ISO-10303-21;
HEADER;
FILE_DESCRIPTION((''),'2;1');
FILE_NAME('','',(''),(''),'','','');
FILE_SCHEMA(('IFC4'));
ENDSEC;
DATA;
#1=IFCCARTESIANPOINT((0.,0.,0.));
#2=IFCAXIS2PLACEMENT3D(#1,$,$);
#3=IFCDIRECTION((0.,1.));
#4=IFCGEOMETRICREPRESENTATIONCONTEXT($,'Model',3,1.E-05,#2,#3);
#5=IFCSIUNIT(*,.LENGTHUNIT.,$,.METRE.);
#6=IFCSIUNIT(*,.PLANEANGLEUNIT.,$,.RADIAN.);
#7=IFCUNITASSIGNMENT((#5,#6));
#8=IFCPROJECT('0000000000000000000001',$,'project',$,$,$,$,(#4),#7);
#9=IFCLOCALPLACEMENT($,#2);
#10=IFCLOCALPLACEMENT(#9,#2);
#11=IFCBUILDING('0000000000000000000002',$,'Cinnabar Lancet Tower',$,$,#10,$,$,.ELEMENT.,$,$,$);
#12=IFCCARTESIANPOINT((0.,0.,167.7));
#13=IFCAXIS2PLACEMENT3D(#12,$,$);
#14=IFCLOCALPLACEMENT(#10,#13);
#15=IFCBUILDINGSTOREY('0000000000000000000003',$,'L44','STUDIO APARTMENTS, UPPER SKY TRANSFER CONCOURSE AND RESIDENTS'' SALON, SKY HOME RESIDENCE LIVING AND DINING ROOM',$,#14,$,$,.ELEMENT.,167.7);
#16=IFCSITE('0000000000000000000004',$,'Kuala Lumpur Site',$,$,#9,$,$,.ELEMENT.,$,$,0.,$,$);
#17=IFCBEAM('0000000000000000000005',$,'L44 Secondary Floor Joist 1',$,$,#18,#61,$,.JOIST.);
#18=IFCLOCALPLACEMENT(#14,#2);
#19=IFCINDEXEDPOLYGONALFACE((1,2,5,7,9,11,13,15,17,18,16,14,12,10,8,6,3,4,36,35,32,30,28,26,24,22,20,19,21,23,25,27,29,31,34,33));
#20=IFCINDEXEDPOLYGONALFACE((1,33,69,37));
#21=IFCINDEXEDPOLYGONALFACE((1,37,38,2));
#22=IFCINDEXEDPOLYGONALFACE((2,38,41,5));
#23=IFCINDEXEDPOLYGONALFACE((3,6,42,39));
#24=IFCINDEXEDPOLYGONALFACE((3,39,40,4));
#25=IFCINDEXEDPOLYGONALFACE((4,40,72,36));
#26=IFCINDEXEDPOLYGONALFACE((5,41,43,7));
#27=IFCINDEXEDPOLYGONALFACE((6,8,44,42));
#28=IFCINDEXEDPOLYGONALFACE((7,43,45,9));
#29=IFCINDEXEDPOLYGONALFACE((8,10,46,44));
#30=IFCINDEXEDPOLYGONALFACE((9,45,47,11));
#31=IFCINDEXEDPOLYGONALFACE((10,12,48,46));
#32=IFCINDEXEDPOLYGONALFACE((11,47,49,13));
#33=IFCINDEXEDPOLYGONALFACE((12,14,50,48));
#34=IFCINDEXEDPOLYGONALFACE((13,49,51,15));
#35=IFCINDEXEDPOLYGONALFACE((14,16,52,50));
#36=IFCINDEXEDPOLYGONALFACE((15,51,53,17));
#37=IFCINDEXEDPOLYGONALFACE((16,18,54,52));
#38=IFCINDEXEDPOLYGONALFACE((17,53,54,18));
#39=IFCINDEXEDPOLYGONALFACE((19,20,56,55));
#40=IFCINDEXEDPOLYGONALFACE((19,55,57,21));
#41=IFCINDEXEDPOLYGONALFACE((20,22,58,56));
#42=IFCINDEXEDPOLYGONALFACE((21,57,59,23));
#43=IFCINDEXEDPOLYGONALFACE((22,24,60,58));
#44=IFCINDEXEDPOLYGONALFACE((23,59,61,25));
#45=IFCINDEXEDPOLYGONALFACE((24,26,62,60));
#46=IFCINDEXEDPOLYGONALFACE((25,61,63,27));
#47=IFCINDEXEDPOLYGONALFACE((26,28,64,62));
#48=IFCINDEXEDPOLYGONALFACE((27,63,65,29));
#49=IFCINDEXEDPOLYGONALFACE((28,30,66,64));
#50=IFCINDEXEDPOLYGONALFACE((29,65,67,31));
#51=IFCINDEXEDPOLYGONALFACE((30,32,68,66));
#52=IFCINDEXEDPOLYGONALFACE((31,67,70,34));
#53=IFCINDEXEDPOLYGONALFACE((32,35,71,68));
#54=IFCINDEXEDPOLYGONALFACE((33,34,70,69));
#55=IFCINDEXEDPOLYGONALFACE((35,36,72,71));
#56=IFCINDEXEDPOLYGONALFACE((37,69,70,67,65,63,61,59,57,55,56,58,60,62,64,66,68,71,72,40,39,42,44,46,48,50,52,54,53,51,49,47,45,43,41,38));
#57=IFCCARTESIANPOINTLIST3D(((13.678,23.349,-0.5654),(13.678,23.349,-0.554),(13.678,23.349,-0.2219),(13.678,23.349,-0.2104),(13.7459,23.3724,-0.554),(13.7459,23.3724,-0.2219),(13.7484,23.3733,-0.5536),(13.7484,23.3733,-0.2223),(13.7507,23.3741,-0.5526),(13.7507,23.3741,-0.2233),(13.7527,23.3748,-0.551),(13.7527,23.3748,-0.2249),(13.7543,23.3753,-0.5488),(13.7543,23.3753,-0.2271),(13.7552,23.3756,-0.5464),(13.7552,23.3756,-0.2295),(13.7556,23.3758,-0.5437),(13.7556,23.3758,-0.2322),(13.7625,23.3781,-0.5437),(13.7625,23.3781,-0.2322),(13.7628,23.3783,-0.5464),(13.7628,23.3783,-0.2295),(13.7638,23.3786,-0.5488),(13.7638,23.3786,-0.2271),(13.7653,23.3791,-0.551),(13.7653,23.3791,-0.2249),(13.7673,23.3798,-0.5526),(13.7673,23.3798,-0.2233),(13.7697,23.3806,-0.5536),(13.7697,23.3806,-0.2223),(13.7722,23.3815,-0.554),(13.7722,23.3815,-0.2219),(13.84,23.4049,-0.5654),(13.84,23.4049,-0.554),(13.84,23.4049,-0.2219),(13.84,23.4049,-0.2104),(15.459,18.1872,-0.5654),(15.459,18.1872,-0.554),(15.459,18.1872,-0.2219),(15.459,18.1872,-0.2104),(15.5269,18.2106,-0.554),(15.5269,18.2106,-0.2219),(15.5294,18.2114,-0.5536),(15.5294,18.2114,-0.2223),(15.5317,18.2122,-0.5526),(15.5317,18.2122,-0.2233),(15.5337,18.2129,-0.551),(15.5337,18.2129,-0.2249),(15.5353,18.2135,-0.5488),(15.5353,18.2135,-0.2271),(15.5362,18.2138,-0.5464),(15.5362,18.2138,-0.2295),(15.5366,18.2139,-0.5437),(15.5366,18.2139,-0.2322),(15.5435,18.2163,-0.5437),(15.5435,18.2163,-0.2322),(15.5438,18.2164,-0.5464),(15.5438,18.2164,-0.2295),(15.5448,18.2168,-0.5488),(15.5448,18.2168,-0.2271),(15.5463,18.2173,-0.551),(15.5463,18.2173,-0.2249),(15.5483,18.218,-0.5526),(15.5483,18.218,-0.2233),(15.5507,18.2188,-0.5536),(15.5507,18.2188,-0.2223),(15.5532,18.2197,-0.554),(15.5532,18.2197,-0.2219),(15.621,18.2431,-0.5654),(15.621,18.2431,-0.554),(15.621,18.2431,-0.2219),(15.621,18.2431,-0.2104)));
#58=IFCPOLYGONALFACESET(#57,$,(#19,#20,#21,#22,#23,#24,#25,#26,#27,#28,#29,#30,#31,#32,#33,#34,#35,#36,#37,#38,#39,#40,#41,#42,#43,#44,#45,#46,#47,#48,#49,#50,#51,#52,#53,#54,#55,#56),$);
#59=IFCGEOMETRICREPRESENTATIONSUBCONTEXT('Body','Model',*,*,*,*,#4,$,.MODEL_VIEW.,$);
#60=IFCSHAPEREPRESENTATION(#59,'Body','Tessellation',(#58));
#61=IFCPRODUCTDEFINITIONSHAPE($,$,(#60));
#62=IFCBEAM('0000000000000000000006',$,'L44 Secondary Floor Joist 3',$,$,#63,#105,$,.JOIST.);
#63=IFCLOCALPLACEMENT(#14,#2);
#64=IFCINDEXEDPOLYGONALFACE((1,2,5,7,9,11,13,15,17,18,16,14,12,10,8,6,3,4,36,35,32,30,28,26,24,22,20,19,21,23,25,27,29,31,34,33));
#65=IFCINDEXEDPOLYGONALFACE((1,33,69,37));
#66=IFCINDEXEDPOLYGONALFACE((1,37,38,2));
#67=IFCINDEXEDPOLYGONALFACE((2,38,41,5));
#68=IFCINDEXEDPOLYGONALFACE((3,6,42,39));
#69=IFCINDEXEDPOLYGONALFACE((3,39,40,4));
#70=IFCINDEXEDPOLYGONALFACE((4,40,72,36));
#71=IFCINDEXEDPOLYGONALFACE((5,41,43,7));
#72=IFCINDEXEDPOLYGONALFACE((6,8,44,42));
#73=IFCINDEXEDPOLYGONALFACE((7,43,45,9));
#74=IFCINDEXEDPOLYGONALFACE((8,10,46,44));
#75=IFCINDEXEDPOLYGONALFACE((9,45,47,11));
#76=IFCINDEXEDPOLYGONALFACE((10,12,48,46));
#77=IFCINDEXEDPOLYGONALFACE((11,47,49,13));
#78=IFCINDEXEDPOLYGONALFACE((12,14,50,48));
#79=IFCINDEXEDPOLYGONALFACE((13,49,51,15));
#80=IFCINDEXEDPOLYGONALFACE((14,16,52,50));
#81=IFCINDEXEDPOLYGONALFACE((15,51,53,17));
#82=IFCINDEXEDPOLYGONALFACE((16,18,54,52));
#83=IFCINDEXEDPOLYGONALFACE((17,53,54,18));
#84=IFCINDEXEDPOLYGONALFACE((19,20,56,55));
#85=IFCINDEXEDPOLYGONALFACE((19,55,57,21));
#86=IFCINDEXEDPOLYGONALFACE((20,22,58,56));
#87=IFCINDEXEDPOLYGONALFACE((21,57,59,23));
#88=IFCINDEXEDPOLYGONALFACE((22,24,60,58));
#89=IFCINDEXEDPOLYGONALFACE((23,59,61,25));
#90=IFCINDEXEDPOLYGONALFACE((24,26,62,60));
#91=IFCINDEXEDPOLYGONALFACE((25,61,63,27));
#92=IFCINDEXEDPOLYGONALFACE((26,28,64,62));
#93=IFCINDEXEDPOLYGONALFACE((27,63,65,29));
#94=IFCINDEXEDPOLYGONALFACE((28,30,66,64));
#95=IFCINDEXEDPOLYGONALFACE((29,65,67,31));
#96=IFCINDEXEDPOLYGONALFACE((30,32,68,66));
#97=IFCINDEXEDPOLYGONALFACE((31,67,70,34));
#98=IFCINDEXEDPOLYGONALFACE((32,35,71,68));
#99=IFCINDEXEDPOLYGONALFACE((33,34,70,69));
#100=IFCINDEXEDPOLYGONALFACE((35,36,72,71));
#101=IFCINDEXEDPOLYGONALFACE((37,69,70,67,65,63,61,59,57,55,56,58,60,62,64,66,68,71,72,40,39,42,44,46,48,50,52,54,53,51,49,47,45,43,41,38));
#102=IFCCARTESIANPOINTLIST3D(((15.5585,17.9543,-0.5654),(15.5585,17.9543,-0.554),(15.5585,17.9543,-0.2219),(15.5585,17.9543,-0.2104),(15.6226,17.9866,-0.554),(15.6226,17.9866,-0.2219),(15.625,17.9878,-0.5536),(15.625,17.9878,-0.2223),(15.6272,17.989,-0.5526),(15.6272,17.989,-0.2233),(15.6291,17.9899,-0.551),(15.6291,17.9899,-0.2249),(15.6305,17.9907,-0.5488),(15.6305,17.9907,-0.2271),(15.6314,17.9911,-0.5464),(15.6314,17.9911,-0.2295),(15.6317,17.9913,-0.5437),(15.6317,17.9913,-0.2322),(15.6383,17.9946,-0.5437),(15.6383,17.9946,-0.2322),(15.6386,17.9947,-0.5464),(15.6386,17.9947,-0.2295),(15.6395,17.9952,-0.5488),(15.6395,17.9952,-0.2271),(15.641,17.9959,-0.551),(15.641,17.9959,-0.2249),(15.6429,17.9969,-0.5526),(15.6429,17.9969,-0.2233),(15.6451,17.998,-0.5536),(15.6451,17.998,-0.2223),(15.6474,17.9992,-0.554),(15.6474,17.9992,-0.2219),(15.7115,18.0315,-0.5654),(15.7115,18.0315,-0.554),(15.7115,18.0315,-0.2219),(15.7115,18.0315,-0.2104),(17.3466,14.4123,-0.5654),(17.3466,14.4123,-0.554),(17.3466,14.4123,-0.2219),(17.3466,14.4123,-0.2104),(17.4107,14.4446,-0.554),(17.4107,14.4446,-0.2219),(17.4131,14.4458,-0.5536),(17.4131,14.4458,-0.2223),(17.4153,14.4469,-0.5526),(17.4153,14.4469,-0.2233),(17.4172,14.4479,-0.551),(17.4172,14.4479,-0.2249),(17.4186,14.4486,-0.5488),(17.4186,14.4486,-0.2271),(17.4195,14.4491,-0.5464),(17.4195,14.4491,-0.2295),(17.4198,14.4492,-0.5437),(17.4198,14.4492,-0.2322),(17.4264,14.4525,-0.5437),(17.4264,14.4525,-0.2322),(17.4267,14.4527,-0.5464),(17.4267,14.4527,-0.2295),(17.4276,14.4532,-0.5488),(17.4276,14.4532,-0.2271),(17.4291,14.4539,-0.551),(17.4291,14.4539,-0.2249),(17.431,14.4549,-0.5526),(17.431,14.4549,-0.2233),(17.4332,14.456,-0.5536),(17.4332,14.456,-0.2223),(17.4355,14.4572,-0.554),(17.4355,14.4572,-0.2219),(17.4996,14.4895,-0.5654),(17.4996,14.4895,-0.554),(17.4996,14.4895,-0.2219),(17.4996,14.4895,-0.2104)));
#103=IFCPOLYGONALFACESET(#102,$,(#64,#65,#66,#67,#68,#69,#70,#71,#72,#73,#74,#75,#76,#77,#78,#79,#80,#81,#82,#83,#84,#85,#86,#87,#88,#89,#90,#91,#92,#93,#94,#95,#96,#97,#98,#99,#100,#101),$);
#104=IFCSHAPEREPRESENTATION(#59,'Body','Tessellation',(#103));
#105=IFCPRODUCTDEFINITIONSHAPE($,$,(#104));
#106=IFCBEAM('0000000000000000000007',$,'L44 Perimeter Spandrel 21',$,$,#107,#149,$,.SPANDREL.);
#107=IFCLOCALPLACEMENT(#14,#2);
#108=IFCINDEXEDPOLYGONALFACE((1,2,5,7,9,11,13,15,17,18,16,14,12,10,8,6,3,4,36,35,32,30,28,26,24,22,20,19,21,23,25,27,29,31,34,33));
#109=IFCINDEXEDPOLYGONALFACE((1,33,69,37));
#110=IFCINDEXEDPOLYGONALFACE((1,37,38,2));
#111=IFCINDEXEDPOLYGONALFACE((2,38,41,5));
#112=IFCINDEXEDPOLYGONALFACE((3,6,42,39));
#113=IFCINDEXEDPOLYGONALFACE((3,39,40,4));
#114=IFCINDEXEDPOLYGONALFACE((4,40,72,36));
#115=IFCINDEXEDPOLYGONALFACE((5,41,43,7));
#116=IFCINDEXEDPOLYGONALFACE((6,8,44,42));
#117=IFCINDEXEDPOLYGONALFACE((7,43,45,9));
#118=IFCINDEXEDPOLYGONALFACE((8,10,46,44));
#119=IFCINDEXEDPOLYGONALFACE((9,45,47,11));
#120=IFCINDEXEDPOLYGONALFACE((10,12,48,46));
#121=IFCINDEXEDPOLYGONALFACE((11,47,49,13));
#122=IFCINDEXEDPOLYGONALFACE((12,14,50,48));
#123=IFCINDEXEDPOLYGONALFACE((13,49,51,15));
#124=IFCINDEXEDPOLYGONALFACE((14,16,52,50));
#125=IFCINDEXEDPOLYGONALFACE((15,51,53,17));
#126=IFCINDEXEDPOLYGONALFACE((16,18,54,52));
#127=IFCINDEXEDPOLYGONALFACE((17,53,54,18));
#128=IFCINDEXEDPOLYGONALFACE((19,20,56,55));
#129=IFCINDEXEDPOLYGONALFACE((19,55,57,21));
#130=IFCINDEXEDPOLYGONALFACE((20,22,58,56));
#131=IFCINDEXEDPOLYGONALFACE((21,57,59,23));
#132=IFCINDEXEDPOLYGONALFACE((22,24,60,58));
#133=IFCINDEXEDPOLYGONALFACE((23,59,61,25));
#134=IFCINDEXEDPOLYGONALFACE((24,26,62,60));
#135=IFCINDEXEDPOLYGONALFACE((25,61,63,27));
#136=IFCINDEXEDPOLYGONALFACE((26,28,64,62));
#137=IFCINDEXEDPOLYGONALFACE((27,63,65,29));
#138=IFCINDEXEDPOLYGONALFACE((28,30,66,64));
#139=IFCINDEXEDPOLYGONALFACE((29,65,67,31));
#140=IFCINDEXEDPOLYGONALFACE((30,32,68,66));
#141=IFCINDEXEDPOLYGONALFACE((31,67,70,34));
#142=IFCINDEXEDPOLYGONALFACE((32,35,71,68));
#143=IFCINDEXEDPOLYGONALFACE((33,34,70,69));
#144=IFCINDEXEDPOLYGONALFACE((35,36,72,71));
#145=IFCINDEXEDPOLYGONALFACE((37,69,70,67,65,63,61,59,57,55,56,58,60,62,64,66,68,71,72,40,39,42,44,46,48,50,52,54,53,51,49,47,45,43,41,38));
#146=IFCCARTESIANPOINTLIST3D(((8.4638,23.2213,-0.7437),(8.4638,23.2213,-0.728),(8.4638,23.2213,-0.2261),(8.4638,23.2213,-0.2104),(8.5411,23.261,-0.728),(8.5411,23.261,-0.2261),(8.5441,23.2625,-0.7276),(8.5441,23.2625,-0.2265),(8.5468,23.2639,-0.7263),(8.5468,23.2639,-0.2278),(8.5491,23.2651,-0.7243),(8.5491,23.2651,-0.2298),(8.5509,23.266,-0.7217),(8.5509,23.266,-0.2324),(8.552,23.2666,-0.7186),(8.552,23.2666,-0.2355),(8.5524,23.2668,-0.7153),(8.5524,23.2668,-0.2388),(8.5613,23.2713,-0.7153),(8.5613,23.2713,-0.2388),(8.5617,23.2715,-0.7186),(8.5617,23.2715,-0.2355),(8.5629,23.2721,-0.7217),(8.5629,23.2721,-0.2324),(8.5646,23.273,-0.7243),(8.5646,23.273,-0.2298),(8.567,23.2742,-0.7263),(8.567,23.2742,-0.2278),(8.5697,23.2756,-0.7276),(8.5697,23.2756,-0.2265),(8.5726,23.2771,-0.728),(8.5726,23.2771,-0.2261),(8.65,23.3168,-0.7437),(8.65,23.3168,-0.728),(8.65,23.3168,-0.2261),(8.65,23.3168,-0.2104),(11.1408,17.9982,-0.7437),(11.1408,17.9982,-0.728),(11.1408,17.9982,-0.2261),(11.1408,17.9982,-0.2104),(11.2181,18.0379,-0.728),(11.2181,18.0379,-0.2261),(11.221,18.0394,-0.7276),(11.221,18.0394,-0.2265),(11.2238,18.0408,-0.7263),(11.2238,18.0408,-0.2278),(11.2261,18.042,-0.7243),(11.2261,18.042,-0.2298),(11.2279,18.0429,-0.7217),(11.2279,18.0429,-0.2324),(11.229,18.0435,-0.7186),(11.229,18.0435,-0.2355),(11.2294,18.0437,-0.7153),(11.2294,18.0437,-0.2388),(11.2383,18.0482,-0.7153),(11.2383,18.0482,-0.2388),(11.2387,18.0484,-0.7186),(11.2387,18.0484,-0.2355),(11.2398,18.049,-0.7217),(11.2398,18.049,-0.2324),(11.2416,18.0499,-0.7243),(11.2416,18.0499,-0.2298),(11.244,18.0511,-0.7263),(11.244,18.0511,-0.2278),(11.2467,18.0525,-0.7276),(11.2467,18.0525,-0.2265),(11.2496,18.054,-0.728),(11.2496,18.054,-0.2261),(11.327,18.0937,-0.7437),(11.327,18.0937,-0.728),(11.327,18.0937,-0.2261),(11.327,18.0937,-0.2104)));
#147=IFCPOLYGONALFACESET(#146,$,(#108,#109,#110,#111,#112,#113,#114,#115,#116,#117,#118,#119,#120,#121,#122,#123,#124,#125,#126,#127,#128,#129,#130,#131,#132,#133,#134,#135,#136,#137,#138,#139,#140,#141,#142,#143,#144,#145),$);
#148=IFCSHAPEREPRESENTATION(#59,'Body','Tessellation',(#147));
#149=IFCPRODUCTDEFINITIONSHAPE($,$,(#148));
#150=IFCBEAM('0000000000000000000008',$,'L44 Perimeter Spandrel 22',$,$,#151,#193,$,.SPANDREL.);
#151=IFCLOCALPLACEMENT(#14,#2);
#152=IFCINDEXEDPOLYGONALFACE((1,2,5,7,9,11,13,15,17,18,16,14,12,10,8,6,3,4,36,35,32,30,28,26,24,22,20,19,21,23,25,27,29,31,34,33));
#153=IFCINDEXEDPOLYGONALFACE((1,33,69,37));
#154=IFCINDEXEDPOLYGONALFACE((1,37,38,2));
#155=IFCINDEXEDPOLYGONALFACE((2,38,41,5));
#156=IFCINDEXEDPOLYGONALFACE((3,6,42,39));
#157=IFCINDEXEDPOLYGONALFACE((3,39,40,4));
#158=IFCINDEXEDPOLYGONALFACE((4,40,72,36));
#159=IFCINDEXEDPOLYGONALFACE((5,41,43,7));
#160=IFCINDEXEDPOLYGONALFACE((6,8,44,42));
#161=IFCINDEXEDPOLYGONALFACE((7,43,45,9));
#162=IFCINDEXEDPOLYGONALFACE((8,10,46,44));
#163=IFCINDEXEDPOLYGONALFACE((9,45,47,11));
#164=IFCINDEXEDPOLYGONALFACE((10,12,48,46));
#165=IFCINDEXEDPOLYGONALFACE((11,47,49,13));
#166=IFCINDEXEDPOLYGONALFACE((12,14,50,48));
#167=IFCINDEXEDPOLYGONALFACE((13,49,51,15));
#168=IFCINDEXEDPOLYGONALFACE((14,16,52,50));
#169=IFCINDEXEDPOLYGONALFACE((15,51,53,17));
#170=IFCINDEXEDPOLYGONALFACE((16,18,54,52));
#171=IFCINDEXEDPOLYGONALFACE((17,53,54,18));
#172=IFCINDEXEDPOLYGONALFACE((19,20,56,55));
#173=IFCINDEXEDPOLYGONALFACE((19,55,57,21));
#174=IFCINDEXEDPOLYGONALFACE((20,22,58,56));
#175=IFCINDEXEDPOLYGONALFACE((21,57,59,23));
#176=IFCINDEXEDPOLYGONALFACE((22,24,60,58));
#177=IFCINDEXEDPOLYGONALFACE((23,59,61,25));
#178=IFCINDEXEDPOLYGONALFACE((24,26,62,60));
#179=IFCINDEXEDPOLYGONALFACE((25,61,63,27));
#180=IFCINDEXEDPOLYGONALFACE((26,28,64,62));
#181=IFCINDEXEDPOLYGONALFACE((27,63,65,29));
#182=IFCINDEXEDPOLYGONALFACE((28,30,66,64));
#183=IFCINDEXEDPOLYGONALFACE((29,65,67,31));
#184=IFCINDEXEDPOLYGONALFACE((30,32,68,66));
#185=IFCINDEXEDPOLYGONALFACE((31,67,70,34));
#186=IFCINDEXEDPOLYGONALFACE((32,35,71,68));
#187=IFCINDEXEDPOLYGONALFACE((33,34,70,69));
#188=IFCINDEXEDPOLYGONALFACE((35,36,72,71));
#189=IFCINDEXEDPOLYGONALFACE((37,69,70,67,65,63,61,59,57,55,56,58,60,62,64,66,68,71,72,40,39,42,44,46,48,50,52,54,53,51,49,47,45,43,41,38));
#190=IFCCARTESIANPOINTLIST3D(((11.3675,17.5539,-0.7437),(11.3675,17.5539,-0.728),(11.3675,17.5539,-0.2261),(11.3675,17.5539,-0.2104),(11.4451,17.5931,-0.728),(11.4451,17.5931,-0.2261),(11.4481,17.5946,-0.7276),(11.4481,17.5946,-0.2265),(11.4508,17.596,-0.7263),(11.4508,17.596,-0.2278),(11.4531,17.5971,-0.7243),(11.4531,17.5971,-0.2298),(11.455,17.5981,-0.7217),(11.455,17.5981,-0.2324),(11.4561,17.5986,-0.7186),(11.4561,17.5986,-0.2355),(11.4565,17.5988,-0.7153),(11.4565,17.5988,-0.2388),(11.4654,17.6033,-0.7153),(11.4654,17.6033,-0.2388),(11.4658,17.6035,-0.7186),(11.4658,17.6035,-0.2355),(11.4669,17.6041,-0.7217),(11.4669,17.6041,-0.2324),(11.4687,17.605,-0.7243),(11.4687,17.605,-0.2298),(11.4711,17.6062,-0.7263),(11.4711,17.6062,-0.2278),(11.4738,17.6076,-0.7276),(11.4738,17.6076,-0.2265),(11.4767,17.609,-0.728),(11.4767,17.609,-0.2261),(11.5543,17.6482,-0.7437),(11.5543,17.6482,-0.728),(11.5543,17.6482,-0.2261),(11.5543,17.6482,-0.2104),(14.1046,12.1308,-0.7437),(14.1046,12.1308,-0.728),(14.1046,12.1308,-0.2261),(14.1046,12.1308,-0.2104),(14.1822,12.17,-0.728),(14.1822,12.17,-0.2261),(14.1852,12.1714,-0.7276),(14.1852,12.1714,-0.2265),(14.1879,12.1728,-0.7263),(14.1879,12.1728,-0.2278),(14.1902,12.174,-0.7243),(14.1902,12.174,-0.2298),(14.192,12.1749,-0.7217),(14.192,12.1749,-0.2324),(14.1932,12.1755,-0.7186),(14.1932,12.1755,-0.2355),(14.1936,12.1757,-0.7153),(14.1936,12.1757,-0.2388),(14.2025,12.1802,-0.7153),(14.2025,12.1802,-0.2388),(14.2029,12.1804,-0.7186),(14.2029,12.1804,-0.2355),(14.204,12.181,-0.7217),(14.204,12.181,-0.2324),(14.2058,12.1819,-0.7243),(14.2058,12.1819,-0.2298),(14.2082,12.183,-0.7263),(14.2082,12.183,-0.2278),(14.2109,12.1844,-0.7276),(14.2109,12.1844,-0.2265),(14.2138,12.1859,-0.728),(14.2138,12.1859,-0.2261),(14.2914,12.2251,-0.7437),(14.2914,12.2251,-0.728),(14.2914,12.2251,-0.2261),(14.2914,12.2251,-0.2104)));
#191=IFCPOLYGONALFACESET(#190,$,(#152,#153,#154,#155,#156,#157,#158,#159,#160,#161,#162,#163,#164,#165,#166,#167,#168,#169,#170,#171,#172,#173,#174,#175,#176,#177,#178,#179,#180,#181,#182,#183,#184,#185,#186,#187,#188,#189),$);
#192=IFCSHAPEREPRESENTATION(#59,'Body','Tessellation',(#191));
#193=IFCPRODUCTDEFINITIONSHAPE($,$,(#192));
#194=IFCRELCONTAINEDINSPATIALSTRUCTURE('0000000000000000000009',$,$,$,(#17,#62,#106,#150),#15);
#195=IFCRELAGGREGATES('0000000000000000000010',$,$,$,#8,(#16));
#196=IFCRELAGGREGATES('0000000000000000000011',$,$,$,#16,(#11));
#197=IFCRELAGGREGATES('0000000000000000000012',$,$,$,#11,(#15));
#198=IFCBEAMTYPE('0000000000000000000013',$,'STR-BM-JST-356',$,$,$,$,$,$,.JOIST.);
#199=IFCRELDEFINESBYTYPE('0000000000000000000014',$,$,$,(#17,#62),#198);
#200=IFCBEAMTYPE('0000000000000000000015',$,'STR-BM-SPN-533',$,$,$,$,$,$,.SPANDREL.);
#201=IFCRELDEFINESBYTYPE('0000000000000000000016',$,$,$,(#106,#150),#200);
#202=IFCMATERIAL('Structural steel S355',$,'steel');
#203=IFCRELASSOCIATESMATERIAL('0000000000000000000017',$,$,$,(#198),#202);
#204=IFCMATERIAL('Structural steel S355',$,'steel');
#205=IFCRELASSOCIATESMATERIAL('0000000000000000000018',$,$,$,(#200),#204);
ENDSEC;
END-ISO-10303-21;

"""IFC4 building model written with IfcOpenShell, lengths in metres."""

from ifc_helpers import new_model, si_unit, direction, frame, origin, origin_2d, place, context, subcontext, project, spatial, i_section, extrude, material, material_profile, profile_set, type_object, element, save


model = new_model("IFC4")

# Units and contexts
model_context = context("Model", 3, precision=1e-05, world=origin(), true_north=direction((0.0, 1.0)))
body_context = subcontext(model_context, "Body", "Model", "MODEL_VIEW")
ifc_project = project(units=[si_unit("LENGTHUNIT", "METRE"), si_unit("PLANEANGLEUNIT", "RADIAN")], contexts=[model_context])

# Site, building, storey
site_placement = place(None, origin())
site = spatial("IfcSite", under=ifc_project, at=site_placement, Name="Kuala Lumpur Site", CompositionType="ELEMENT", RefElevation=0.0)
building_placement = place(site_placement, origin())
building = spatial("IfcBuilding", under=site, at=building_placement, Name="Cinnabar Lancet Tower", CompositionType="ELEMENT")
storey_placement = place(building_placement, frame((0.0, 0.0, 167.7)))
storey = spatial("IfcBuildingStorey", under=building, at=storey_placement, Name="L44", Description="STUDIO APARTMENTS, UPPER SKY TRANSFER CONCOURSE AND RESIDENTS' SALON, SKY HOME RESIDENCE LIVING AND DINING ROOM", CompositionType="ELEMENT", Elevation=167.7)

# Beams
ifc_material_1 = material(Name="Structural steel S355", Category="steel")
ifc_material_profile_1 = material_profile(ifc_material_1, i_section(OverallWidth=0.1714, OverallDepth=0.355, WebThickness=0.0073, FlangeThickness=0.0115, FilletRadius=0.0103, at=origin_2d()), Name="UKB 356x171x51")
ifc_profile_set_1 = profile_set([ifc_material_profile_1], Name="Structural steel S355")
beam_type_1 = type_object("IfcBeamType", Name="STR-BM-JST-356", PredefinedType="JOIST", material=ifc_profile_set_1)
beam_1_placement = place(storey_placement, frame((13.759, 23.377, -0.3879), z_axis=(0.326163, -0.945314, 0.0), x_axis=(0.945314, 0.326163, 0.0)))
element("IfcBeam", 1, at=beam_1_placement, inside=storey, type_object=beam_type_1, Name="L44 Secondary Floor Joist 1", PredefinedType="JOIST", context=body_context, shape_type="SweptSolid", body=[
    extrude(i_section(OverallWidth=0.1714, OverallDepth=0.355, WebThickness=0.0073, FlangeThickness=0.0115, FilletRadius=0.0103, at=origin_2d()), origin(), (0.0, 0.0, 1.0), 5.4604),
])
beam_2_placement = place(storey_placement, frame((15.635, 17.9929, -0.3879), z_axis=(0.450656, -0.892698, 0.0), x_axis=(0.892698, 0.450656, 0.0)))
element("IfcBeam", 2, at=beam_2_placement, inside=storey, type_object=beam_type_1, Name="L44 Secondary Floor Joist 3", PredefinedType="JOIST", context=body_context, shape_type="SweptSolid", body=[
    extrude(i_section(OverallWidth=0.1714, OverallDepth=0.355, WebThickness=0.0073, FlangeThickness=0.0115, FilletRadius=0.0103, at=origin_2d()), origin(), (0.0, 0.0, 1.0), 3.9678),
])
ifc_material_2 = material(Name="Structural steel S355", Category="steel")
ifc_material_profile_2 = material_profile(ifc_material_2, i_section(OverallWidth=0.2092, OverallDepth=0.5332, WebThickness=0.01, FlangeThickness=0.0156, FilletRadius=0.0127, at=origin_2d()), Name="UKB 533x210x92")
ifc_profile_set_2 = profile_set([ifc_material_profile_2], Name="Structural steel S355")
beam_type_2 = type_object("IfcBeamType", Name="STR-BM-SPN-533", PredefinedType="SPANDREL", material=ifc_profile_set_2)
beam_3_placement = place(storey_placement, frame((8.5569, 23.269, -0.4771), z_axis=(0.45611, -0.889924, 0.0), x_axis=(0.889924, 0.45611, 0.0)))
element("IfcBeam", 3, at=beam_3_placement, inside=storey, type_object=beam_type_2, Name="L44 Perimeter Spandrel 21", PredefinedType="SPANDREL", context=body_context, shape_type="SweptSolid", body=[
    extrude(i_section(OverallWidth=0.2092, OverallDepth=0.5332, WebThickness=0.01, FlangeThickness=0.0156, FilletRadius=0.0127, at=origin_2d()), origin(), (0.0, 0.0, 1.0), 5.8691),
])
beam_4_placement = place(storey_placement, frame((11.4609, 17.6011, -0.4771), z_axis=(0.45057, -0.892741, 0.0), x_axis=(0.892741, 0.45057, 0.0)))
element("IfcBeam", 4, at=beam_4_placement, inside=storey, type_object=beam_type_2, Name="L44 Perimeter Spandrel 22", PredefinedType="SPANDREL", context=body_context, shape_type="SweptSolid", body=[
    extrude(i_section(OverallWidth=0.2092, OverallDepth=0.5332, WebThickness=0.01, FlangeThickness=0.0156, FilletRadius=0.0127, at=origin_2d()), origin(), (0.0, 0.0, 1.0), 6.0747),
])

save(model, "model.ifc")
